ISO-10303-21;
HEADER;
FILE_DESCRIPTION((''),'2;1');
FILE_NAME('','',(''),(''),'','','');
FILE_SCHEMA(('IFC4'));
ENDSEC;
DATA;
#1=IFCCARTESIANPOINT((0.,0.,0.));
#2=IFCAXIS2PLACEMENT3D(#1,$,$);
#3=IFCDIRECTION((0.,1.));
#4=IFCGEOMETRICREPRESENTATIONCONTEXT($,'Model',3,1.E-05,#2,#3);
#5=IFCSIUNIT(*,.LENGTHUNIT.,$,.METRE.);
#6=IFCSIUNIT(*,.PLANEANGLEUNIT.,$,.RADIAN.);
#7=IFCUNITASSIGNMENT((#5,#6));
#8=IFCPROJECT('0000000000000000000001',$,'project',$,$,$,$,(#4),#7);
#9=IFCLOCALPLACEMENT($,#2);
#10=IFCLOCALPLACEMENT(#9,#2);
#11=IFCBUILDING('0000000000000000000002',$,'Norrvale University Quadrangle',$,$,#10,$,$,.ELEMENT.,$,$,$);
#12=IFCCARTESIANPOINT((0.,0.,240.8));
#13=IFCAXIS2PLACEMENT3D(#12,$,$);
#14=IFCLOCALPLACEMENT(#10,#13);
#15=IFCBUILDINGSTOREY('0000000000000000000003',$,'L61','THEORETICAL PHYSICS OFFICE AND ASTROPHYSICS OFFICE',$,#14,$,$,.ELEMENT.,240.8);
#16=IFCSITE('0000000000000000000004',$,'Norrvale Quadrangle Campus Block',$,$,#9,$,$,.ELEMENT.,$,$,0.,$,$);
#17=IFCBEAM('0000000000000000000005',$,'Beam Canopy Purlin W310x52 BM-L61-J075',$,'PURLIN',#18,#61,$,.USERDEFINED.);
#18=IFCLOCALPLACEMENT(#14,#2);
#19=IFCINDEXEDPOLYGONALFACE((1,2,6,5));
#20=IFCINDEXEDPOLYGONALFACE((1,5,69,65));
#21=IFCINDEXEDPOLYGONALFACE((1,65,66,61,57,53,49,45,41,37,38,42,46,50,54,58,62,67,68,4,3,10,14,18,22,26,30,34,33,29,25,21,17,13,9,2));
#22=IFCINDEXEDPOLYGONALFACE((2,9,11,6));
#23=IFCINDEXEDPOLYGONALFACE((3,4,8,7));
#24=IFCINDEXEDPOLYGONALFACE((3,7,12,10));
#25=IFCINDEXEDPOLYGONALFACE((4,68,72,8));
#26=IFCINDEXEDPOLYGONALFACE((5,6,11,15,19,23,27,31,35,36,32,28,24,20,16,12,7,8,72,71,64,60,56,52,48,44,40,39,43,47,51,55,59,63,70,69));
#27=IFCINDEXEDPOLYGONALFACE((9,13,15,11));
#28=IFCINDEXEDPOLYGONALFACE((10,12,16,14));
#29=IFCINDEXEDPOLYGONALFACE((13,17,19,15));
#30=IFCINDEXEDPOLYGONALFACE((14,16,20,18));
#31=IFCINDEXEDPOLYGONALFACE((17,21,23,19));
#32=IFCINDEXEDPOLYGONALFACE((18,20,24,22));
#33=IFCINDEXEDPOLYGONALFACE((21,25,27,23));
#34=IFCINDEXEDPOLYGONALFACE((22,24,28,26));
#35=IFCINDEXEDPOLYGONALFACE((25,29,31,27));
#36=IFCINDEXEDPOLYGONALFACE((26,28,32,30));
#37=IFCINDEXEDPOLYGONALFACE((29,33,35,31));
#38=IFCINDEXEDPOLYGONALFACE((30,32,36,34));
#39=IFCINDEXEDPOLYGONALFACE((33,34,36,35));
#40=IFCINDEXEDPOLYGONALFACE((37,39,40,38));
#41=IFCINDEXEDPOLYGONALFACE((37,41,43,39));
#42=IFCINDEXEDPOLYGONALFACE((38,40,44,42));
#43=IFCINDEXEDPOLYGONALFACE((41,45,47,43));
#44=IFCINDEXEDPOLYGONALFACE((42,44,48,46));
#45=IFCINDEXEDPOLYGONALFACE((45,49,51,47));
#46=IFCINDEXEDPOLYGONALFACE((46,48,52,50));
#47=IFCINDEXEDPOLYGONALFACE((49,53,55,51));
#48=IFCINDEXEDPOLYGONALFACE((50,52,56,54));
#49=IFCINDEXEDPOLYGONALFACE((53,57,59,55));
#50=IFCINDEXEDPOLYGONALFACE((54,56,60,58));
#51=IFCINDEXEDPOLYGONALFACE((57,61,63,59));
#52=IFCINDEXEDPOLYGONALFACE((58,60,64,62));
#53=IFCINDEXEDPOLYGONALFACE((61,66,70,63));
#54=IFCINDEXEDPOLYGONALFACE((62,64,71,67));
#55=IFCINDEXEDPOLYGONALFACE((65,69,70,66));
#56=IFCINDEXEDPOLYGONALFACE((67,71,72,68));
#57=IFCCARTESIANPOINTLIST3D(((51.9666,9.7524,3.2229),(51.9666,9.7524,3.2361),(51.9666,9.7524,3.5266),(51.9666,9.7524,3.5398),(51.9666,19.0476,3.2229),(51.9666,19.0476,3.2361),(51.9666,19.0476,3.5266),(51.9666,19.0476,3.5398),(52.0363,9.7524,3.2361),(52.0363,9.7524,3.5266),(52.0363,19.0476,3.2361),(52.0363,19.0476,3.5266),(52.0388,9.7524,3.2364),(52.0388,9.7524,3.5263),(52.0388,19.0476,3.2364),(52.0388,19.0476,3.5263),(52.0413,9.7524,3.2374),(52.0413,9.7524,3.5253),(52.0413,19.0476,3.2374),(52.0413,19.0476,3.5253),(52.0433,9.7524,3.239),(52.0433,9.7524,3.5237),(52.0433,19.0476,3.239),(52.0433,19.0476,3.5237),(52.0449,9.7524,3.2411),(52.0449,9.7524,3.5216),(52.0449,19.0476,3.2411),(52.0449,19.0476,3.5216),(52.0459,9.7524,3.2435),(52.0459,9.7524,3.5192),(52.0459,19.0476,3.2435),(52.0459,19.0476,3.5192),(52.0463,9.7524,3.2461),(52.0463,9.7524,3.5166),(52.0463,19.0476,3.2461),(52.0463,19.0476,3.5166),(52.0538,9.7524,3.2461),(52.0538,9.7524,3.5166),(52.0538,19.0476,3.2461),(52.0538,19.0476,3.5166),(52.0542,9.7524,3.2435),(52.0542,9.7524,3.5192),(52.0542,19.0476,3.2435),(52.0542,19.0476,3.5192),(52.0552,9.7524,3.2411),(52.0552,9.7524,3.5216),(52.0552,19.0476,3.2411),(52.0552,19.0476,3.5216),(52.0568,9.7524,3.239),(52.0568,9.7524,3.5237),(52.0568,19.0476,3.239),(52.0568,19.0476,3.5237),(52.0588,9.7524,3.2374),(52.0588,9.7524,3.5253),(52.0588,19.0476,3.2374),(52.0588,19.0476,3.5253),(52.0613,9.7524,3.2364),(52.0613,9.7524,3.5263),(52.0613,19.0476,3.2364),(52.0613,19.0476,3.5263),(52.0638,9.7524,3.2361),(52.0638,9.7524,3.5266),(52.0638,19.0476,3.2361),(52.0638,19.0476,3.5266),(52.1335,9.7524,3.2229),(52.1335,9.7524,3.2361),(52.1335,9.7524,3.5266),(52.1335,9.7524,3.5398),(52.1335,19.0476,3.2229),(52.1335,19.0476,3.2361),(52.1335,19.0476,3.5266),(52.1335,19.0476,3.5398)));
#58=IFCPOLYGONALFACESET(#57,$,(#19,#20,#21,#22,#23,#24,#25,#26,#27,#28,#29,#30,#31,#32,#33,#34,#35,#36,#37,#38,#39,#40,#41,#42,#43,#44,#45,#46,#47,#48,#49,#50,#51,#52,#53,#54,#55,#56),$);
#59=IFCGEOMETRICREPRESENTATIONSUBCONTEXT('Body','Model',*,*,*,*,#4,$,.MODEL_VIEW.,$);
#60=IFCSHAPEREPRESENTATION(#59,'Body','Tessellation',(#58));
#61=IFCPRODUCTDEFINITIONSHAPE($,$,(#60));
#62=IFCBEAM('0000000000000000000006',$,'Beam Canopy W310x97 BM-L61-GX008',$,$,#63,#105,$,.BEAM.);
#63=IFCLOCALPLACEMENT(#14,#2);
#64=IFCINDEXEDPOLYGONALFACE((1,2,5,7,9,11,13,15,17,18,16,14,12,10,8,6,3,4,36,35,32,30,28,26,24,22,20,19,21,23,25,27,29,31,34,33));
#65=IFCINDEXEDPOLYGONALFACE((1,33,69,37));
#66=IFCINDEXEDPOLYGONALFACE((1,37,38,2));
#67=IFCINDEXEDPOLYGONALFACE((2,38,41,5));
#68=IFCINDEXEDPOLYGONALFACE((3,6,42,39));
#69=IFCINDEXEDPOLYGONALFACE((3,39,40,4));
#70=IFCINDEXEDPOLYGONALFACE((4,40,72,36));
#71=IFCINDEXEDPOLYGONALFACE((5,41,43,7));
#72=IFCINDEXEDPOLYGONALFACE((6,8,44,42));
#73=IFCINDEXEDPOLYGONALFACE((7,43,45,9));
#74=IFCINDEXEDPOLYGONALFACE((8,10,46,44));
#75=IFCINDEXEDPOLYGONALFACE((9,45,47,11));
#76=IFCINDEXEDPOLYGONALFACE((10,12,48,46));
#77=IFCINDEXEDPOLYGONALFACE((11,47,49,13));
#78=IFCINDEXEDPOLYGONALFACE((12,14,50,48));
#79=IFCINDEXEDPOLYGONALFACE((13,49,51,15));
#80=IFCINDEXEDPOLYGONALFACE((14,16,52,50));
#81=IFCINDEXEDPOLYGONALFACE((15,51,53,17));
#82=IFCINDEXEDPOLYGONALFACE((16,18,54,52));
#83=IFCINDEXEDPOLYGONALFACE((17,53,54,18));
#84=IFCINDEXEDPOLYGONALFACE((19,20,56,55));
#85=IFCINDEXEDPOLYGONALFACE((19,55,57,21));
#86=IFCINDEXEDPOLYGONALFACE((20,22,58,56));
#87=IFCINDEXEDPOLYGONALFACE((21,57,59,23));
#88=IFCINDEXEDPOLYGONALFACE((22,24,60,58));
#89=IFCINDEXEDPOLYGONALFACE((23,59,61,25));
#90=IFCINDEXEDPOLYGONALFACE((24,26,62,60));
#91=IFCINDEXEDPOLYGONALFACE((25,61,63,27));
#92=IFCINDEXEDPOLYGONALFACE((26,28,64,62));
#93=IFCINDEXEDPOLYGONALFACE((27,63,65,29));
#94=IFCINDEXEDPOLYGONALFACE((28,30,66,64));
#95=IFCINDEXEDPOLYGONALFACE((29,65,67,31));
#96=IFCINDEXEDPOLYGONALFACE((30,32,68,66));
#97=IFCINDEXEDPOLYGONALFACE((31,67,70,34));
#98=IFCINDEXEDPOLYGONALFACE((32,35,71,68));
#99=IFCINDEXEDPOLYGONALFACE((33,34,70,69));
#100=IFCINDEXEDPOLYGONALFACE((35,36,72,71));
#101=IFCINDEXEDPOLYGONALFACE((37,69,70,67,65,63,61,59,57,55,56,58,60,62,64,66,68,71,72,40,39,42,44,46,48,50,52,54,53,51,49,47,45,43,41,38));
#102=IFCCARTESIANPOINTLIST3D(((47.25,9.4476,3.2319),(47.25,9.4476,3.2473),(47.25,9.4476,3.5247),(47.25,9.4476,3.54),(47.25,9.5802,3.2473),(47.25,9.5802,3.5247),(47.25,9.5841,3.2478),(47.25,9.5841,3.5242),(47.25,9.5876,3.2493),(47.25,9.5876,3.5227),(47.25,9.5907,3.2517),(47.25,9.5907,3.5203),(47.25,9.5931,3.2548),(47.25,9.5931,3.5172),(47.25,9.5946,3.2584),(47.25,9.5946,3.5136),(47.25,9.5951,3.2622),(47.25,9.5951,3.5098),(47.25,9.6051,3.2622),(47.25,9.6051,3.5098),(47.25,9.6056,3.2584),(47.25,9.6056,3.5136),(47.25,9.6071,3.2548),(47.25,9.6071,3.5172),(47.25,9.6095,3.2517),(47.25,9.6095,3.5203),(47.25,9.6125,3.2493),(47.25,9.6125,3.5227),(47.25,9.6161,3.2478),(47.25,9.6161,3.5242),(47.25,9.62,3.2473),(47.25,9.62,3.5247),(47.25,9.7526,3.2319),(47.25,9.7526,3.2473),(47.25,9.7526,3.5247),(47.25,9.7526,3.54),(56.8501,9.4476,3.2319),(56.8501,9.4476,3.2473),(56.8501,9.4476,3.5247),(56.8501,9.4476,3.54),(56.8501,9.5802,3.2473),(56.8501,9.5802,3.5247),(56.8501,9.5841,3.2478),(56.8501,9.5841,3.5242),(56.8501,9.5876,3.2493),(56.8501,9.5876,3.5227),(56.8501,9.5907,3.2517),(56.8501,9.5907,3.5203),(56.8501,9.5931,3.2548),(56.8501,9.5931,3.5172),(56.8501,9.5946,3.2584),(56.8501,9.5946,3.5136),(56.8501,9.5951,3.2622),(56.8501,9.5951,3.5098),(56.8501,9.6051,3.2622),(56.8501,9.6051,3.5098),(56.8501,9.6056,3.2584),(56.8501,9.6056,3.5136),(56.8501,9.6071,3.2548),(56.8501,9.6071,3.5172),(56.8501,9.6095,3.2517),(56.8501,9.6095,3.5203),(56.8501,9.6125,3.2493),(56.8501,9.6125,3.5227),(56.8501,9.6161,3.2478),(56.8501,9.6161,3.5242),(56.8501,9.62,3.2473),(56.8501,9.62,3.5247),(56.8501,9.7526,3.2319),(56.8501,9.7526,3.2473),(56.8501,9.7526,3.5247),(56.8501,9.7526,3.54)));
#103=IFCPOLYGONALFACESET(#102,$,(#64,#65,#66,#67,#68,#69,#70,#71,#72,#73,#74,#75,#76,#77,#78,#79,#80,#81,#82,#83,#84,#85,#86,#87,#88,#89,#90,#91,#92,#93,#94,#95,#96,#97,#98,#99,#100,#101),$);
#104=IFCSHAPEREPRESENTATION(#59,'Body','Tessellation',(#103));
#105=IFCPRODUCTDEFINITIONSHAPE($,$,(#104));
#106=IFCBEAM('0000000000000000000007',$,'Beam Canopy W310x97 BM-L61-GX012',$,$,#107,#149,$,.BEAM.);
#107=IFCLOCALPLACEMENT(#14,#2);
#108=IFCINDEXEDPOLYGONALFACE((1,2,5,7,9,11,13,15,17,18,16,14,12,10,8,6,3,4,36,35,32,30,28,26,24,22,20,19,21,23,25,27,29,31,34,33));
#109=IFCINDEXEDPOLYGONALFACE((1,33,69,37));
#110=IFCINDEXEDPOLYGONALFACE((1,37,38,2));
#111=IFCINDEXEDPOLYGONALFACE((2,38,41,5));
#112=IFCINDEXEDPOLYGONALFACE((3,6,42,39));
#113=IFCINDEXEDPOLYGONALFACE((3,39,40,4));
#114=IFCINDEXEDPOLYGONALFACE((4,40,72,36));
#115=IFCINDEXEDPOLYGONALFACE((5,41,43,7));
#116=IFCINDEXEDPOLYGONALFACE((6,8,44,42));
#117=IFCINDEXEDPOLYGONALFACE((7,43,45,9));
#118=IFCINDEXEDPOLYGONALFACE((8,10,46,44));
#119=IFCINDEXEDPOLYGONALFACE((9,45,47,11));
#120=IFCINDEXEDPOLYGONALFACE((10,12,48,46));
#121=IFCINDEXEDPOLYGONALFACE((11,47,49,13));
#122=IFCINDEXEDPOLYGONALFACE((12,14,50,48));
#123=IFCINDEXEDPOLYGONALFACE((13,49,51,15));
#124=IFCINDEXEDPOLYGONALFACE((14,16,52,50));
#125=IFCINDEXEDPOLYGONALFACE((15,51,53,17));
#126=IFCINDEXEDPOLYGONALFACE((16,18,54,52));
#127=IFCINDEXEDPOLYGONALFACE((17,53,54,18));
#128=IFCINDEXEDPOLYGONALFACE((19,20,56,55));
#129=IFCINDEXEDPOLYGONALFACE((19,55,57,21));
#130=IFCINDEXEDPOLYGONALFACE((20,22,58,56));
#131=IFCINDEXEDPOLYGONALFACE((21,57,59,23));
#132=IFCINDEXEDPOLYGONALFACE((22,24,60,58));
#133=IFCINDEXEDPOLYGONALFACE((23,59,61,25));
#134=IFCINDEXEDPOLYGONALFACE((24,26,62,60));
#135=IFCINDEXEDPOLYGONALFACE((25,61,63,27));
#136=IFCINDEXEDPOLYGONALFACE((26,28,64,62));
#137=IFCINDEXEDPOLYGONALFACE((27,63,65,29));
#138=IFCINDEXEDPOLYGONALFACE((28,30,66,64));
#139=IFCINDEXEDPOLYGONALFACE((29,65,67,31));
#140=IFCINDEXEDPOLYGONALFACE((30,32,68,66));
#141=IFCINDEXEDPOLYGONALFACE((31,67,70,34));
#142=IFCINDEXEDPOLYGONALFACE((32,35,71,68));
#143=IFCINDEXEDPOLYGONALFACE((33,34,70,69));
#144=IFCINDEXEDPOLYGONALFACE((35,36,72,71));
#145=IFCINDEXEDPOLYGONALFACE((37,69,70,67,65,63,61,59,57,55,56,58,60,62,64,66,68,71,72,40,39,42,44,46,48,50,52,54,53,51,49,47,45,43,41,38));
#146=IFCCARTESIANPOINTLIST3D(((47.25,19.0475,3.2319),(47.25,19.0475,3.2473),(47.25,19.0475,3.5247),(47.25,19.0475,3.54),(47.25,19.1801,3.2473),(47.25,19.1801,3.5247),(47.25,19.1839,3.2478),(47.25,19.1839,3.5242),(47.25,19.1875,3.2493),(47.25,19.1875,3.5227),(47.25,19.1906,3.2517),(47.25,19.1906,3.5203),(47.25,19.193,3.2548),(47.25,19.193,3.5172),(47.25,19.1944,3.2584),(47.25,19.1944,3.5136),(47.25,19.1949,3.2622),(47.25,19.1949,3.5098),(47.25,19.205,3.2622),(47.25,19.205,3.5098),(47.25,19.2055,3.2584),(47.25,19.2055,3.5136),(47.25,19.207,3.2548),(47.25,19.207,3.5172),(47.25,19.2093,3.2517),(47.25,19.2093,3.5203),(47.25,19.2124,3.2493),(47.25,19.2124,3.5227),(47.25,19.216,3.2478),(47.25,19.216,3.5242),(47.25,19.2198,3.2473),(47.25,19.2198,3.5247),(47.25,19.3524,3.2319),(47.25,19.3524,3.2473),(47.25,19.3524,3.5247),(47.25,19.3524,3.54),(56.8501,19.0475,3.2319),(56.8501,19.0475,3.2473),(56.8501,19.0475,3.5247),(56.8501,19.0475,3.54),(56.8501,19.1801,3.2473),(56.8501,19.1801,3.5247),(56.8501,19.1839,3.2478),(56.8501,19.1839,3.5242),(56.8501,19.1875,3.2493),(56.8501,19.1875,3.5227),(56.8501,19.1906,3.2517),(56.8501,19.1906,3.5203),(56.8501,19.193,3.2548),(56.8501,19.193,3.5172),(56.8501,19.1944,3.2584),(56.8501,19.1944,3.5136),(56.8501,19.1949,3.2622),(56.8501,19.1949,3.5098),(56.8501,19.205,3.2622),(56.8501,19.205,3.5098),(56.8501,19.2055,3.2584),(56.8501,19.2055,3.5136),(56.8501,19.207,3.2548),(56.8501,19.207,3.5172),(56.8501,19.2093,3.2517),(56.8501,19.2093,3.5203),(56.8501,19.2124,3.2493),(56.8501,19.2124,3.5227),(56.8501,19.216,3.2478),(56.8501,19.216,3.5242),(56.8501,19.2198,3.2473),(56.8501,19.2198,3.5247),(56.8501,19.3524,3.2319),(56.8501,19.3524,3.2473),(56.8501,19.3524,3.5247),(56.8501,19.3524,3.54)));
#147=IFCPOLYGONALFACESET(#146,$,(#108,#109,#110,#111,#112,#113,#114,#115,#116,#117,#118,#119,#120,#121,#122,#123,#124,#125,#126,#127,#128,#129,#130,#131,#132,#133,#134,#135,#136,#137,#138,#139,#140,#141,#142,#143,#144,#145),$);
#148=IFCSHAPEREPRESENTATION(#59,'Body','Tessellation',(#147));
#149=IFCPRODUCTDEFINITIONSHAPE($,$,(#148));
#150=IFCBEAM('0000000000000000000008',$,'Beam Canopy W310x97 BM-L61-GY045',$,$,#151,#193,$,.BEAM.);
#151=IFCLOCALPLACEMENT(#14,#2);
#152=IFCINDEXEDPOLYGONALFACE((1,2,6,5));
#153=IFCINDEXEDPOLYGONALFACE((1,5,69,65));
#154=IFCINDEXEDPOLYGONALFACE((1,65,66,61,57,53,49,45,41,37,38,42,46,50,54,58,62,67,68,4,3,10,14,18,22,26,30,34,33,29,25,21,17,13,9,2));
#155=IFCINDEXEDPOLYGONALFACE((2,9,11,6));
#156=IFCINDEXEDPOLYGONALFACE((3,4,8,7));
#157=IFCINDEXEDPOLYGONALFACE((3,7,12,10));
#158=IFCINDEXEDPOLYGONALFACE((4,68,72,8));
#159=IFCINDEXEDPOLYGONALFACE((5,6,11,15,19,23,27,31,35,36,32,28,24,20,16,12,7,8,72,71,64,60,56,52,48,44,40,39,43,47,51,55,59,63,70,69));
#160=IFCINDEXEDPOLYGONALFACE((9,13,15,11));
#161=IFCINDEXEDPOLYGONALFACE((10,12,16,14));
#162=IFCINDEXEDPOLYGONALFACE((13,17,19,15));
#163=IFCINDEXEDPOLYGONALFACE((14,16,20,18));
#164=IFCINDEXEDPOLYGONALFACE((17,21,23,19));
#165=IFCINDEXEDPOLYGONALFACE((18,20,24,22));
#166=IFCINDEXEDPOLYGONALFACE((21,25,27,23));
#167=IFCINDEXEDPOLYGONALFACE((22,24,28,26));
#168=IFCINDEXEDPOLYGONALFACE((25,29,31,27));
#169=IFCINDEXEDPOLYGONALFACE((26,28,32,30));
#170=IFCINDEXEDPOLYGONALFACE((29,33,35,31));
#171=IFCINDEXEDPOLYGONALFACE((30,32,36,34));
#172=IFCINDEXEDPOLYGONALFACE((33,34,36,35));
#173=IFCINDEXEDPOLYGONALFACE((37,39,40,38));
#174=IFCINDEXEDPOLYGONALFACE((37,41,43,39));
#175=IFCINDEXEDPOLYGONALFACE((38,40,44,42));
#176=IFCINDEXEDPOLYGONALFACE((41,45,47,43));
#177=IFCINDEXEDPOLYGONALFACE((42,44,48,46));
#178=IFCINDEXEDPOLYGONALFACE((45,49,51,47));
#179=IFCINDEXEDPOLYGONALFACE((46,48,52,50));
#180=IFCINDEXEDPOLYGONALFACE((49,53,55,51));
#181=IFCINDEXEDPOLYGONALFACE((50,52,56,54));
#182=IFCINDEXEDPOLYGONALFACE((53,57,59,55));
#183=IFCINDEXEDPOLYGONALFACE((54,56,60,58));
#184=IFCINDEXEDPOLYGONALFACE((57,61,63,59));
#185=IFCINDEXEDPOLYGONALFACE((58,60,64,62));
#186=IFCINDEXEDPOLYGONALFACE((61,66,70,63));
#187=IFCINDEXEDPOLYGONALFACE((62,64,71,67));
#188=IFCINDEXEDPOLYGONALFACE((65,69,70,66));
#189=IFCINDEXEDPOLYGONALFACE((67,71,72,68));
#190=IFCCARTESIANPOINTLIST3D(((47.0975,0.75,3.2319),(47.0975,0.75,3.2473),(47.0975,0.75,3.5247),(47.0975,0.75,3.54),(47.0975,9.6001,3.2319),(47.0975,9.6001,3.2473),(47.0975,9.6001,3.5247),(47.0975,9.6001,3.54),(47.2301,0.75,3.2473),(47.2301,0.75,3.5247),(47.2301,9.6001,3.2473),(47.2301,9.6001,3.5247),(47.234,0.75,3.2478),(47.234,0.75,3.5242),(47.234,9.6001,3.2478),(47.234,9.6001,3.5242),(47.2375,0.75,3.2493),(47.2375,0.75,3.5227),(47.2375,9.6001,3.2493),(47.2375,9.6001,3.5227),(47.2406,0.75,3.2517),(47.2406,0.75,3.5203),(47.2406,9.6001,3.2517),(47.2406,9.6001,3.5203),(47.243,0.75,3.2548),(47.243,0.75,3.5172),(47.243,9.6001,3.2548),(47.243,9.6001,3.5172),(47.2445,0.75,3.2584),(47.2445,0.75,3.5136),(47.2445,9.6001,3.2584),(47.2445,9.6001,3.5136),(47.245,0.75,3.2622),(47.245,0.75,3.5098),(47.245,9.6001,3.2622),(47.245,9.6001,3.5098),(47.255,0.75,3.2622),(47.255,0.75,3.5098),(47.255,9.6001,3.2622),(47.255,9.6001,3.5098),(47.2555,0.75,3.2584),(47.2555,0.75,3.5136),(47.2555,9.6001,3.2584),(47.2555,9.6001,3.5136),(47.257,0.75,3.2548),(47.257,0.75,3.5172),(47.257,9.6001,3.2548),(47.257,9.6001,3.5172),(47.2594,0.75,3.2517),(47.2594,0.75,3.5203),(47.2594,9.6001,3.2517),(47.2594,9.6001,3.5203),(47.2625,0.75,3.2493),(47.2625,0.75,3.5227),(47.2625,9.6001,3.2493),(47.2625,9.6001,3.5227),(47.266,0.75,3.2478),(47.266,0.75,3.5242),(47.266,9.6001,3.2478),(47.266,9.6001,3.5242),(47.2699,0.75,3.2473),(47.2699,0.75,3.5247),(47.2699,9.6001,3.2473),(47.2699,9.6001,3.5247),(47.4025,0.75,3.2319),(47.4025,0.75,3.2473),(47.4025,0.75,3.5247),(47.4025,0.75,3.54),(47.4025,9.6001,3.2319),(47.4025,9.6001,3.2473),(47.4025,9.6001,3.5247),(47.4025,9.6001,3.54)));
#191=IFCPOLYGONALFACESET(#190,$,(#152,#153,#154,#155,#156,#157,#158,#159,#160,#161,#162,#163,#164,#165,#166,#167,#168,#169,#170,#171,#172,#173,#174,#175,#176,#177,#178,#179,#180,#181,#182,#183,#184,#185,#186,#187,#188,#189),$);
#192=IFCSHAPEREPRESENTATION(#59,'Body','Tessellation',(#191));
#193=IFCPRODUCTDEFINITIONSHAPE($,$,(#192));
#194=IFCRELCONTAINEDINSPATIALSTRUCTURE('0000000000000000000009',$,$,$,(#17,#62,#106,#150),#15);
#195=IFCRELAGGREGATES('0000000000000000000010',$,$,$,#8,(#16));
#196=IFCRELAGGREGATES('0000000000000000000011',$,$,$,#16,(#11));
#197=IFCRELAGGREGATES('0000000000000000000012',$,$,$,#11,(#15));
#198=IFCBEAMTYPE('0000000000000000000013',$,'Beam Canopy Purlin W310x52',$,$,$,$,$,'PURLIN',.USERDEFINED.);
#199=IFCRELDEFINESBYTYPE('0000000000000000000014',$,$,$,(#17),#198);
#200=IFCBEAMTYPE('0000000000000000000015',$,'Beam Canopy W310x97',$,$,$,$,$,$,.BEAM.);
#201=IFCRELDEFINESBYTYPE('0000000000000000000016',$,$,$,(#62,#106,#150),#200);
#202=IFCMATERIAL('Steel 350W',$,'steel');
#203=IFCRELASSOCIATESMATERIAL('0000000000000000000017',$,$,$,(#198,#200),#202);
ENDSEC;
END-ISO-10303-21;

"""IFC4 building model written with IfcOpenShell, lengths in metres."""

from ifc_helpers import new_model, si_unit, direction, frame, origin, origin_2d, place, context, subcontext, project, spatial, i_section, extrude, material, material_profile, profile_set, type_object, element, save


model = new_model("IFC4")

# Units and contexts
model_context = context("Model", 3, precision=1e-05, world=origin(), true_north=direction((0.0, 1.0)))
body_context = subcontext(model_context, "Body", "Model", "MODEL_VIEW")
ifc_project = project(units=[si_unit("LENGTHUNIT", "METRE"), si_unit("PLANEANGLEUNIT", "RADIAN")], contexts=[model_context])

# Site, building, storey
site_placement = place(None, origin())
site = spatial("IfcSite", under=ifc_project, at=site_placement, Name="Norrvale Quadrangle Campus Block", CompositionType="ELEMENT", RefElevation=0.0)
building_placement = place(site_placement, origin())
building = spatial("IfcBuilding", under=site, at=building_placement, Name="Norrvale University Quadrangle", CompositionType="ELEMENT")
storey_placement = place(building_placement, frame((0.0, 0.0, 240.8)))
storey = spatial("IfcBuildingStorey", under=building, at=storey_placement, Name="L61", Description="THEORETICAL PHYSICS OFFICE AND ASTROPHYSICS OFFICE", CompositionType="ELEMENT", Elevation=240.8)

# Beams
ifc_material_1 = material(Name="Steel 350W", Category="steel")
ifc_material_profile_1 = material_profile(ifc_material_1, i_section(OverallWidth=0.167, OverallDepth=0.3169, WebThickness=0.0076, FlangeThickness=0.0132, FilletRadius=0.01, at=origin_2d()), Name="Steel 350W")
ifc_profile_set_1 = profile_set([ifc_material_profile_1], Name="Steel 350W")
beam_type_1 = type_object("IfcBeamType", Name="Beam Canopy Purlin W310x52", ElementType="PURLIN", PredefinedType="USERDEFINED", material=ifc_profile_set_1)
for number, where, z_axis, x_axis, name in (
    (1, (52.05, 9.7524, 3.3813), (0.0, 1.0, 0.0), (-1.0, 0.0, 0.0), "Beam Canopy Purlin W310x52 BM-L61-J075"),
):
    element("IfcBeam", number, at=place(storey_placement, frame(where, z_axis=z_axis, x_axis=x_axis)), inside=storey, type_object=beam_type_1, Name=name, ObjectType="PURLIN", PredefinedType="USERDEFINED", context=body_context, shape_type="SweptSolid", body=[
        extrude(i_section(OverallWidth=0.167, OverallDepth=0.3169, WebThickness=0.0076, FlangeThickness=0.0132, FilletRadius=0.01, at=origin_2d()), origin(), (0.0, 0.0, 1.0), 9.2952),
    ])
ifc_material_profile_2 = material_profile(ifc_material_1, i_section(OverallWidth=0.3049, OverallDepth=0.3081, WebThickness=0.01, FlangeThickness=0.0154, FilletRadius=0.0149, at=origin_2d()), Name="Steel 350W")
ifc_profile_set_2 = profile_set([ifc_material_profile_2], Name="Steel 350W")
beam_type_2 = type_object("IfcBeamType", Name="Beam Canopy W310x97", PredefinedType="BEAM", material=ifc_profile_set_2)
for number, where, z_axis, x_axis, name in (
    (2, (47.25, 9.6001, 3.386), (1.0, 0.0, 0.0), (0.0, 1.0, 0.0), "Beam Canopy W310x97 BM-L61-GX008"),
    (3, (47.25, 19.2, 3.386), (1.0, 0.0, 0.0), (0.0, 1.0, 0.0), "Beam Canopy W310x97 BM-L61-GX012"),
):
    element("IfcBeam", number, at=place(storey_placement, frame(where, z_axis=z_axis, x_axis=x_axis)), inside=storey, type_object=beam_type_2, Name=name, PredefinedType="BEAM", context=body_context, shape_type="SweptSolid", body=[
        extrude(i_section(OverallWidth=0.3049, OverallDepth=0.3081, WebThickness=0.01, FlangeThickness=0.0154, FilletRadius=0.0149, at=origin_2d()), origin(), (0.0, 0.0, 1.0), 9.6001),
    ])
beam_1_placement = place(storey_placement, frame((47.25, 0.75, 3.386), z_axis=(0.0, 1.0, 0.0), x_axis=(-1.0, 0.0, 0.0)))
element("IfcBeam", 4, at=beam_1_placement, inside=storey, type_object=beam_type_2, Name="Beam Canopy W310x97 BM-L61-GY045", PredefinedType="BEAM", context=body_context, shape_type="SweptSolid", body=[
    extrude(i_section(OverallWidth=0.3049, OverallDepth=0.3081, WebThickness=0.01, FlangeThickness=0.0154, FilletRadius=0.0149, at=origin_2d()), origin(), (0.0, 0.0, 1.0), 8.8501),
])

save(model, "model.ifc")
